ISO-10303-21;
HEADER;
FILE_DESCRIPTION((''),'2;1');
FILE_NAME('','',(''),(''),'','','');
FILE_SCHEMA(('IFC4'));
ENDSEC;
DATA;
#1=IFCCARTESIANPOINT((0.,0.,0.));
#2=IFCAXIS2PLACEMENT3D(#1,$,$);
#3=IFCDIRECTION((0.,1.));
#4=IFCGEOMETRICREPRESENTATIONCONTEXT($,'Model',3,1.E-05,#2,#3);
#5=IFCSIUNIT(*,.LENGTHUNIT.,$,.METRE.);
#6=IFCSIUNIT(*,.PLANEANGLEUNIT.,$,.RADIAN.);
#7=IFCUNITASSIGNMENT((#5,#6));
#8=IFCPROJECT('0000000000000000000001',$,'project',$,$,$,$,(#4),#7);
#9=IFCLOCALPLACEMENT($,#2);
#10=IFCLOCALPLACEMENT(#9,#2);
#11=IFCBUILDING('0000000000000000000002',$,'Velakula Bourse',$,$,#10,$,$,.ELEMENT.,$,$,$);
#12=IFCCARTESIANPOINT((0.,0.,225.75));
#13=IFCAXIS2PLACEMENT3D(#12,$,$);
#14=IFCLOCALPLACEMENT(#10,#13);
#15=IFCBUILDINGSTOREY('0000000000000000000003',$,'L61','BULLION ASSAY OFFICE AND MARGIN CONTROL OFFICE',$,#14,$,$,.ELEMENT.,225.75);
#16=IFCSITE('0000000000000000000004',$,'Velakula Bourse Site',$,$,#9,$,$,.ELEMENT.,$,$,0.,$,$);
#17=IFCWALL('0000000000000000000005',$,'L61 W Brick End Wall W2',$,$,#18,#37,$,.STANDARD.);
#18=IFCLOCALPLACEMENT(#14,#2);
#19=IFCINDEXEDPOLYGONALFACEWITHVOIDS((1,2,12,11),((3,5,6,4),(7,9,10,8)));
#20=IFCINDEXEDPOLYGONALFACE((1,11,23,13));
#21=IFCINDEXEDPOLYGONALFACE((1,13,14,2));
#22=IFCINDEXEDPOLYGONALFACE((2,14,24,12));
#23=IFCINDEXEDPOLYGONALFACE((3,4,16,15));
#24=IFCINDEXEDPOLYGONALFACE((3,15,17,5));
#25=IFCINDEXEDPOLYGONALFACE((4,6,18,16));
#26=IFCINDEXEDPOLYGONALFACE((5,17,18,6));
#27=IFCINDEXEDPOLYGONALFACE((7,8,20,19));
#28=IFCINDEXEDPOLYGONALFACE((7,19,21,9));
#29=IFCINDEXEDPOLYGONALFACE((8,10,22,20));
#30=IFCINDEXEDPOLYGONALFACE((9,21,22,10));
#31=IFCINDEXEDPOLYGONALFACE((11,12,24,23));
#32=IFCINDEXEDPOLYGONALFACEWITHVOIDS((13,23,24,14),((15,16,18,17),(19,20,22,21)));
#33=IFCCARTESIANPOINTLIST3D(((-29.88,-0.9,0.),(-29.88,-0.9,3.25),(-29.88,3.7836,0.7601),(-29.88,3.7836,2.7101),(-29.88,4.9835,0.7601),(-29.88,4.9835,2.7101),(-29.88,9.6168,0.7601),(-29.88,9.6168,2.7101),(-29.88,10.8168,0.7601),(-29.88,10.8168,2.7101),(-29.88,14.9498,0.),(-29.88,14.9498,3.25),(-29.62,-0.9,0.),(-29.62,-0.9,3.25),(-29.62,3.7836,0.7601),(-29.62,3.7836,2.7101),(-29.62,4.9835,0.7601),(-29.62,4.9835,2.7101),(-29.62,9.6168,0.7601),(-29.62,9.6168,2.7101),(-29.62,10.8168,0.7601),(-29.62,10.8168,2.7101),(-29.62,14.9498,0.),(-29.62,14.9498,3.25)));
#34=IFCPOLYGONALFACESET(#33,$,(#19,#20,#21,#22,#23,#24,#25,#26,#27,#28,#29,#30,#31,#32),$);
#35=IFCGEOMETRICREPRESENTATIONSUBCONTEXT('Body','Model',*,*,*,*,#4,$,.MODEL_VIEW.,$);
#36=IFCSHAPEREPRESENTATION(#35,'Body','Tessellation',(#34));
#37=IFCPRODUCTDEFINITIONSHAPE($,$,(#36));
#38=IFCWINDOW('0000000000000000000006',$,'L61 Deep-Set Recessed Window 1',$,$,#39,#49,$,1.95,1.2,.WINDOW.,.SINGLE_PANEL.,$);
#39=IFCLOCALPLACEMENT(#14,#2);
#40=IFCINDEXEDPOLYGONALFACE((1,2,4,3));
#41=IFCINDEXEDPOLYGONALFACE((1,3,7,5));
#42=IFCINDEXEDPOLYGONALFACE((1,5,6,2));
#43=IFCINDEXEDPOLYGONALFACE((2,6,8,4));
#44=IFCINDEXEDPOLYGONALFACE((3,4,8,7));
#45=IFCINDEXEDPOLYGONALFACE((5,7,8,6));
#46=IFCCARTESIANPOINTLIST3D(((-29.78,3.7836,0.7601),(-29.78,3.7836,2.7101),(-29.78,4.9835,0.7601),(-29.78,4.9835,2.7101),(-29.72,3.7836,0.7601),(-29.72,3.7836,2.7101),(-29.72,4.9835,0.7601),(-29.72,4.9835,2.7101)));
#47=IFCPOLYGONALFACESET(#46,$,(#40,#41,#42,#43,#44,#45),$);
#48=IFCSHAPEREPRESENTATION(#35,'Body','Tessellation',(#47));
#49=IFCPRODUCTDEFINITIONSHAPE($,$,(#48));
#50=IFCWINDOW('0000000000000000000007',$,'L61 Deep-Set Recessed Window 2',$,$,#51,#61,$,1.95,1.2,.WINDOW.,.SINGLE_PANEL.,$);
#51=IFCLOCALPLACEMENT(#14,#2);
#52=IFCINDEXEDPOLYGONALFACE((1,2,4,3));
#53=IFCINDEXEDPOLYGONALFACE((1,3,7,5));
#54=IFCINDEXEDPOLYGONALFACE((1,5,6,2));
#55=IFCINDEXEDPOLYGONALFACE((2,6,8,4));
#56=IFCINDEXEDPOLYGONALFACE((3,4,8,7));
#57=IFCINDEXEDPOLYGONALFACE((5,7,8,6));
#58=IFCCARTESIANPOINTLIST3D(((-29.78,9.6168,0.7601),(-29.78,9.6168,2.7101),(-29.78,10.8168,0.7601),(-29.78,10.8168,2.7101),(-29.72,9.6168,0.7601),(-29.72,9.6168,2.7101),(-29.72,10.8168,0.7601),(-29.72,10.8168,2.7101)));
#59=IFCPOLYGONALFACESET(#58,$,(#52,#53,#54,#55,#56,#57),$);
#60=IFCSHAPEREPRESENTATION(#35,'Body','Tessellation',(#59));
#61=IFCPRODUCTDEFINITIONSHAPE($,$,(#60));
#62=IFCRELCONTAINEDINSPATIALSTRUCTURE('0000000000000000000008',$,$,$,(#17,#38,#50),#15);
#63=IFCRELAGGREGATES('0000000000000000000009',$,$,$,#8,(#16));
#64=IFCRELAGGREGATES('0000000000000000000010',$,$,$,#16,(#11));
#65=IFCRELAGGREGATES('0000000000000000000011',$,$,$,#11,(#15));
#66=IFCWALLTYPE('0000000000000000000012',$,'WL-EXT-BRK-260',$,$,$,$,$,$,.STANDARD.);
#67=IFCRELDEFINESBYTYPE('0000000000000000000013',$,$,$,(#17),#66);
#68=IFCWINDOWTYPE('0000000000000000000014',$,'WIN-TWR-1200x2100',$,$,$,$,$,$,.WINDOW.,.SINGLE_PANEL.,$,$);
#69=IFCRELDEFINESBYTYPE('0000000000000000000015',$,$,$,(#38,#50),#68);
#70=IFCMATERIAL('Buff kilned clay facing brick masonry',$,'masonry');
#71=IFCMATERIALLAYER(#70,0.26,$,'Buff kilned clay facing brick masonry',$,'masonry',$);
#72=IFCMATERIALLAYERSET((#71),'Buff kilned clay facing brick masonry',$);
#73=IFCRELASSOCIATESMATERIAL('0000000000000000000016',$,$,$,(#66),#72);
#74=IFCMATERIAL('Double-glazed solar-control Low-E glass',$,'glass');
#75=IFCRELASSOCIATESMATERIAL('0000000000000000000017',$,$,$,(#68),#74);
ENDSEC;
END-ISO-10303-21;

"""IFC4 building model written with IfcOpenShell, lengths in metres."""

from ifc_helpers import new_model, si_unit, direction, frame, frame_2d, origin, place, context, subcontext, project, spatial, rectangle, extrude, material, layer, layer_set, type_object, element, fill, save


model = new_model("IFC4")

# Units and contexts
model_context = context("Model", 3, precision=1e-05, world=origin(), true_north=direction((0.0, 1.0)))
body_context = subcontext(model_context, "Body", "Model", "MODEL_VIEW")
ifc_project = project(units=[si_unit("LENGTHUNIT", "METRE"), si_unit("PLANEANGLEUNIT", "RADIAN")], contexts=[model_context])

# Site, building, storey
site_placement = place(None, origin())
site = spatial("IfcSite", under=ifc_project, at=site_placement, Name="Velakula Bourse Site", CompositionType="ELEMENT", RefElevation=0.0)
building_placement = place(site_placement, origin())
building = spatial("IfcBuilding", under=site, at=building_placement, Name="Velakula Bourse", CompositionType="ELEMENT")
storey_placement = place(building_placement, frame((0.0, 0.0, 225.75)))
storey = spatial("IfcBuildingStorey", under=building, at=storey_placement, Name="L61", Description="BULLION ASSAY OFFICE AND MARGIN CONTROL OFFICE", CompositionType="ELEMENT", Elevation=225.75)

# Wall, openings, windows
ifc_material_1 = material(Name="Buff kilned clay facing brick masonry", Category="masonry")
ifc_layer = layer(ifc_material_1, 0.26, Name="Buff kilned clay facing brick masonry", Category="masonry")
ifc_layer_set = layer_set([ifc_layer], Name="Buff kilned clay facing brick masonry")
wall_type = type_object("IfcWallType", Name="WL-EXT-BRK-260", PredefinedType="STANDARD", material=ifc_layer_set)
wall_placement = place(storey_placement, frame((-29.75, -0.8999, 0.0), z_axis=(0.0, 0.0, 1.0), x_axis=(0.0, 1.0, 0.0)))
wall = element("IfcWall", 1, at=wall_placement, inside=storey, type_object=wall_type, Name="L61 W Brick End Wall W2", PredefinedType="STANDARD", context=body_context, shape_type="SweptSolid", body=[
    extrude(rectangle(XDim=15.8499, YDim=0.26, at=frame_2d((7.9248, 0.0))), origin(), (0.0, 0.0, 1.0), 3.25),
])
opening_1_placement = place(wall_placement, frame((4.6833, 0.0, 0.76)))
opening_1 = element("IfcOpeningElement", 2, at=opening_1_placement, cuts=wall, PredefinedType="OPENING", context=body_context, shape_type="SweptSolid", body=[
    extrude(rectangle(XDim=1.2, YDim=1.95, at=frame_2d((0.6001, 0.9751))), frame((0.0, 0.1399, 0.0), z_axis=(0.0, -1.0, 0.0), x_axis=(1.0, 0.0, 0.0)), (0.0, 0.0, 1.0), 0.28),
])
opening_2_placement = place(wall_placement, frame((10.5166, 0.0, 0.76)))
opening_2 = element("IfcOpeningElement", 3, at=opening_2_placement, cuts=wall, PredefinedType="OPENING", context=body_context, shape_type="SweptSolid", body=[
    extrude(rectangle(XDim=1.2, YDim=1.95, at=frame_2d((0.6001, 0.9751))), frame((0.0, 0.1399, 0.0), z_axis=(0.0, -1.0, 0.0), x_axis=(1.0, 0.0, 0.0)), (0.0, 0.0, 1.0), 0.28),
])
ifc_material_2 = material(Name="Double-glazed solar-control Low-E glass", Category="glass")
window_type = type_object("IfcWindowType", Name="WIN-TWR-1200x2100", PartitioningType="SINGLE_PANEL", PredefinedType="WINDOW", material=ifc_material_2)
window_1_placement = place(opening_1_placement, origin())
window_1 = element("IfcWindow", 4, at=window_1_placement, inside=storey, type_object=window_type, Name="L61 Deep-Set Recessed Window 1", OverallHeight=1.95, OverallWidth=1.2, PartitioningType="SINGLE_PANEL", PredefinedType="WINDOW", context=body_context, shape_type="SweptSolid", body=[
    extrude(rectangle(XDim=1.2, YDim=1.95, at=frame_2d((0.6001, 0.9751))), frame((0.0, 0.03, 0.0), z_axis=(0.0, -1.0, 0.0), x_axis=(1.0, 0.0, 0.0)), (0.0, 0.0, 1.0), 0.0601),
])
fill(opening_1, window_1)
window_2_placement = place(opening_2_placement, origin())
window_2 = element("IfcWindow", 5, at=window_2_placement, inside=storey, type_object=window_type, Name="L61 Deep-Set Recessed Window 2", OverallHeight=1.95, OverallWidth=1.2, PartitioningType="SINGLE_PANEL", PredefinedType="WINDOW", context=body_context, shape_type="SweptSolid", body=[
    extrude(rectangle(XDim=1.2, YDim=1.95, at=frame_2d((0.6001, 0.9751))), frame((0.0, 0.03, 0.0), z_axis=(0.0, -1.0, 0.0), x_axis=(1.0, 0.0, 0.0)), (0.0, 0.0, 1.0), 0.0601),
])
fill(opening_2, window_2)

save(model, "model.ifc")
